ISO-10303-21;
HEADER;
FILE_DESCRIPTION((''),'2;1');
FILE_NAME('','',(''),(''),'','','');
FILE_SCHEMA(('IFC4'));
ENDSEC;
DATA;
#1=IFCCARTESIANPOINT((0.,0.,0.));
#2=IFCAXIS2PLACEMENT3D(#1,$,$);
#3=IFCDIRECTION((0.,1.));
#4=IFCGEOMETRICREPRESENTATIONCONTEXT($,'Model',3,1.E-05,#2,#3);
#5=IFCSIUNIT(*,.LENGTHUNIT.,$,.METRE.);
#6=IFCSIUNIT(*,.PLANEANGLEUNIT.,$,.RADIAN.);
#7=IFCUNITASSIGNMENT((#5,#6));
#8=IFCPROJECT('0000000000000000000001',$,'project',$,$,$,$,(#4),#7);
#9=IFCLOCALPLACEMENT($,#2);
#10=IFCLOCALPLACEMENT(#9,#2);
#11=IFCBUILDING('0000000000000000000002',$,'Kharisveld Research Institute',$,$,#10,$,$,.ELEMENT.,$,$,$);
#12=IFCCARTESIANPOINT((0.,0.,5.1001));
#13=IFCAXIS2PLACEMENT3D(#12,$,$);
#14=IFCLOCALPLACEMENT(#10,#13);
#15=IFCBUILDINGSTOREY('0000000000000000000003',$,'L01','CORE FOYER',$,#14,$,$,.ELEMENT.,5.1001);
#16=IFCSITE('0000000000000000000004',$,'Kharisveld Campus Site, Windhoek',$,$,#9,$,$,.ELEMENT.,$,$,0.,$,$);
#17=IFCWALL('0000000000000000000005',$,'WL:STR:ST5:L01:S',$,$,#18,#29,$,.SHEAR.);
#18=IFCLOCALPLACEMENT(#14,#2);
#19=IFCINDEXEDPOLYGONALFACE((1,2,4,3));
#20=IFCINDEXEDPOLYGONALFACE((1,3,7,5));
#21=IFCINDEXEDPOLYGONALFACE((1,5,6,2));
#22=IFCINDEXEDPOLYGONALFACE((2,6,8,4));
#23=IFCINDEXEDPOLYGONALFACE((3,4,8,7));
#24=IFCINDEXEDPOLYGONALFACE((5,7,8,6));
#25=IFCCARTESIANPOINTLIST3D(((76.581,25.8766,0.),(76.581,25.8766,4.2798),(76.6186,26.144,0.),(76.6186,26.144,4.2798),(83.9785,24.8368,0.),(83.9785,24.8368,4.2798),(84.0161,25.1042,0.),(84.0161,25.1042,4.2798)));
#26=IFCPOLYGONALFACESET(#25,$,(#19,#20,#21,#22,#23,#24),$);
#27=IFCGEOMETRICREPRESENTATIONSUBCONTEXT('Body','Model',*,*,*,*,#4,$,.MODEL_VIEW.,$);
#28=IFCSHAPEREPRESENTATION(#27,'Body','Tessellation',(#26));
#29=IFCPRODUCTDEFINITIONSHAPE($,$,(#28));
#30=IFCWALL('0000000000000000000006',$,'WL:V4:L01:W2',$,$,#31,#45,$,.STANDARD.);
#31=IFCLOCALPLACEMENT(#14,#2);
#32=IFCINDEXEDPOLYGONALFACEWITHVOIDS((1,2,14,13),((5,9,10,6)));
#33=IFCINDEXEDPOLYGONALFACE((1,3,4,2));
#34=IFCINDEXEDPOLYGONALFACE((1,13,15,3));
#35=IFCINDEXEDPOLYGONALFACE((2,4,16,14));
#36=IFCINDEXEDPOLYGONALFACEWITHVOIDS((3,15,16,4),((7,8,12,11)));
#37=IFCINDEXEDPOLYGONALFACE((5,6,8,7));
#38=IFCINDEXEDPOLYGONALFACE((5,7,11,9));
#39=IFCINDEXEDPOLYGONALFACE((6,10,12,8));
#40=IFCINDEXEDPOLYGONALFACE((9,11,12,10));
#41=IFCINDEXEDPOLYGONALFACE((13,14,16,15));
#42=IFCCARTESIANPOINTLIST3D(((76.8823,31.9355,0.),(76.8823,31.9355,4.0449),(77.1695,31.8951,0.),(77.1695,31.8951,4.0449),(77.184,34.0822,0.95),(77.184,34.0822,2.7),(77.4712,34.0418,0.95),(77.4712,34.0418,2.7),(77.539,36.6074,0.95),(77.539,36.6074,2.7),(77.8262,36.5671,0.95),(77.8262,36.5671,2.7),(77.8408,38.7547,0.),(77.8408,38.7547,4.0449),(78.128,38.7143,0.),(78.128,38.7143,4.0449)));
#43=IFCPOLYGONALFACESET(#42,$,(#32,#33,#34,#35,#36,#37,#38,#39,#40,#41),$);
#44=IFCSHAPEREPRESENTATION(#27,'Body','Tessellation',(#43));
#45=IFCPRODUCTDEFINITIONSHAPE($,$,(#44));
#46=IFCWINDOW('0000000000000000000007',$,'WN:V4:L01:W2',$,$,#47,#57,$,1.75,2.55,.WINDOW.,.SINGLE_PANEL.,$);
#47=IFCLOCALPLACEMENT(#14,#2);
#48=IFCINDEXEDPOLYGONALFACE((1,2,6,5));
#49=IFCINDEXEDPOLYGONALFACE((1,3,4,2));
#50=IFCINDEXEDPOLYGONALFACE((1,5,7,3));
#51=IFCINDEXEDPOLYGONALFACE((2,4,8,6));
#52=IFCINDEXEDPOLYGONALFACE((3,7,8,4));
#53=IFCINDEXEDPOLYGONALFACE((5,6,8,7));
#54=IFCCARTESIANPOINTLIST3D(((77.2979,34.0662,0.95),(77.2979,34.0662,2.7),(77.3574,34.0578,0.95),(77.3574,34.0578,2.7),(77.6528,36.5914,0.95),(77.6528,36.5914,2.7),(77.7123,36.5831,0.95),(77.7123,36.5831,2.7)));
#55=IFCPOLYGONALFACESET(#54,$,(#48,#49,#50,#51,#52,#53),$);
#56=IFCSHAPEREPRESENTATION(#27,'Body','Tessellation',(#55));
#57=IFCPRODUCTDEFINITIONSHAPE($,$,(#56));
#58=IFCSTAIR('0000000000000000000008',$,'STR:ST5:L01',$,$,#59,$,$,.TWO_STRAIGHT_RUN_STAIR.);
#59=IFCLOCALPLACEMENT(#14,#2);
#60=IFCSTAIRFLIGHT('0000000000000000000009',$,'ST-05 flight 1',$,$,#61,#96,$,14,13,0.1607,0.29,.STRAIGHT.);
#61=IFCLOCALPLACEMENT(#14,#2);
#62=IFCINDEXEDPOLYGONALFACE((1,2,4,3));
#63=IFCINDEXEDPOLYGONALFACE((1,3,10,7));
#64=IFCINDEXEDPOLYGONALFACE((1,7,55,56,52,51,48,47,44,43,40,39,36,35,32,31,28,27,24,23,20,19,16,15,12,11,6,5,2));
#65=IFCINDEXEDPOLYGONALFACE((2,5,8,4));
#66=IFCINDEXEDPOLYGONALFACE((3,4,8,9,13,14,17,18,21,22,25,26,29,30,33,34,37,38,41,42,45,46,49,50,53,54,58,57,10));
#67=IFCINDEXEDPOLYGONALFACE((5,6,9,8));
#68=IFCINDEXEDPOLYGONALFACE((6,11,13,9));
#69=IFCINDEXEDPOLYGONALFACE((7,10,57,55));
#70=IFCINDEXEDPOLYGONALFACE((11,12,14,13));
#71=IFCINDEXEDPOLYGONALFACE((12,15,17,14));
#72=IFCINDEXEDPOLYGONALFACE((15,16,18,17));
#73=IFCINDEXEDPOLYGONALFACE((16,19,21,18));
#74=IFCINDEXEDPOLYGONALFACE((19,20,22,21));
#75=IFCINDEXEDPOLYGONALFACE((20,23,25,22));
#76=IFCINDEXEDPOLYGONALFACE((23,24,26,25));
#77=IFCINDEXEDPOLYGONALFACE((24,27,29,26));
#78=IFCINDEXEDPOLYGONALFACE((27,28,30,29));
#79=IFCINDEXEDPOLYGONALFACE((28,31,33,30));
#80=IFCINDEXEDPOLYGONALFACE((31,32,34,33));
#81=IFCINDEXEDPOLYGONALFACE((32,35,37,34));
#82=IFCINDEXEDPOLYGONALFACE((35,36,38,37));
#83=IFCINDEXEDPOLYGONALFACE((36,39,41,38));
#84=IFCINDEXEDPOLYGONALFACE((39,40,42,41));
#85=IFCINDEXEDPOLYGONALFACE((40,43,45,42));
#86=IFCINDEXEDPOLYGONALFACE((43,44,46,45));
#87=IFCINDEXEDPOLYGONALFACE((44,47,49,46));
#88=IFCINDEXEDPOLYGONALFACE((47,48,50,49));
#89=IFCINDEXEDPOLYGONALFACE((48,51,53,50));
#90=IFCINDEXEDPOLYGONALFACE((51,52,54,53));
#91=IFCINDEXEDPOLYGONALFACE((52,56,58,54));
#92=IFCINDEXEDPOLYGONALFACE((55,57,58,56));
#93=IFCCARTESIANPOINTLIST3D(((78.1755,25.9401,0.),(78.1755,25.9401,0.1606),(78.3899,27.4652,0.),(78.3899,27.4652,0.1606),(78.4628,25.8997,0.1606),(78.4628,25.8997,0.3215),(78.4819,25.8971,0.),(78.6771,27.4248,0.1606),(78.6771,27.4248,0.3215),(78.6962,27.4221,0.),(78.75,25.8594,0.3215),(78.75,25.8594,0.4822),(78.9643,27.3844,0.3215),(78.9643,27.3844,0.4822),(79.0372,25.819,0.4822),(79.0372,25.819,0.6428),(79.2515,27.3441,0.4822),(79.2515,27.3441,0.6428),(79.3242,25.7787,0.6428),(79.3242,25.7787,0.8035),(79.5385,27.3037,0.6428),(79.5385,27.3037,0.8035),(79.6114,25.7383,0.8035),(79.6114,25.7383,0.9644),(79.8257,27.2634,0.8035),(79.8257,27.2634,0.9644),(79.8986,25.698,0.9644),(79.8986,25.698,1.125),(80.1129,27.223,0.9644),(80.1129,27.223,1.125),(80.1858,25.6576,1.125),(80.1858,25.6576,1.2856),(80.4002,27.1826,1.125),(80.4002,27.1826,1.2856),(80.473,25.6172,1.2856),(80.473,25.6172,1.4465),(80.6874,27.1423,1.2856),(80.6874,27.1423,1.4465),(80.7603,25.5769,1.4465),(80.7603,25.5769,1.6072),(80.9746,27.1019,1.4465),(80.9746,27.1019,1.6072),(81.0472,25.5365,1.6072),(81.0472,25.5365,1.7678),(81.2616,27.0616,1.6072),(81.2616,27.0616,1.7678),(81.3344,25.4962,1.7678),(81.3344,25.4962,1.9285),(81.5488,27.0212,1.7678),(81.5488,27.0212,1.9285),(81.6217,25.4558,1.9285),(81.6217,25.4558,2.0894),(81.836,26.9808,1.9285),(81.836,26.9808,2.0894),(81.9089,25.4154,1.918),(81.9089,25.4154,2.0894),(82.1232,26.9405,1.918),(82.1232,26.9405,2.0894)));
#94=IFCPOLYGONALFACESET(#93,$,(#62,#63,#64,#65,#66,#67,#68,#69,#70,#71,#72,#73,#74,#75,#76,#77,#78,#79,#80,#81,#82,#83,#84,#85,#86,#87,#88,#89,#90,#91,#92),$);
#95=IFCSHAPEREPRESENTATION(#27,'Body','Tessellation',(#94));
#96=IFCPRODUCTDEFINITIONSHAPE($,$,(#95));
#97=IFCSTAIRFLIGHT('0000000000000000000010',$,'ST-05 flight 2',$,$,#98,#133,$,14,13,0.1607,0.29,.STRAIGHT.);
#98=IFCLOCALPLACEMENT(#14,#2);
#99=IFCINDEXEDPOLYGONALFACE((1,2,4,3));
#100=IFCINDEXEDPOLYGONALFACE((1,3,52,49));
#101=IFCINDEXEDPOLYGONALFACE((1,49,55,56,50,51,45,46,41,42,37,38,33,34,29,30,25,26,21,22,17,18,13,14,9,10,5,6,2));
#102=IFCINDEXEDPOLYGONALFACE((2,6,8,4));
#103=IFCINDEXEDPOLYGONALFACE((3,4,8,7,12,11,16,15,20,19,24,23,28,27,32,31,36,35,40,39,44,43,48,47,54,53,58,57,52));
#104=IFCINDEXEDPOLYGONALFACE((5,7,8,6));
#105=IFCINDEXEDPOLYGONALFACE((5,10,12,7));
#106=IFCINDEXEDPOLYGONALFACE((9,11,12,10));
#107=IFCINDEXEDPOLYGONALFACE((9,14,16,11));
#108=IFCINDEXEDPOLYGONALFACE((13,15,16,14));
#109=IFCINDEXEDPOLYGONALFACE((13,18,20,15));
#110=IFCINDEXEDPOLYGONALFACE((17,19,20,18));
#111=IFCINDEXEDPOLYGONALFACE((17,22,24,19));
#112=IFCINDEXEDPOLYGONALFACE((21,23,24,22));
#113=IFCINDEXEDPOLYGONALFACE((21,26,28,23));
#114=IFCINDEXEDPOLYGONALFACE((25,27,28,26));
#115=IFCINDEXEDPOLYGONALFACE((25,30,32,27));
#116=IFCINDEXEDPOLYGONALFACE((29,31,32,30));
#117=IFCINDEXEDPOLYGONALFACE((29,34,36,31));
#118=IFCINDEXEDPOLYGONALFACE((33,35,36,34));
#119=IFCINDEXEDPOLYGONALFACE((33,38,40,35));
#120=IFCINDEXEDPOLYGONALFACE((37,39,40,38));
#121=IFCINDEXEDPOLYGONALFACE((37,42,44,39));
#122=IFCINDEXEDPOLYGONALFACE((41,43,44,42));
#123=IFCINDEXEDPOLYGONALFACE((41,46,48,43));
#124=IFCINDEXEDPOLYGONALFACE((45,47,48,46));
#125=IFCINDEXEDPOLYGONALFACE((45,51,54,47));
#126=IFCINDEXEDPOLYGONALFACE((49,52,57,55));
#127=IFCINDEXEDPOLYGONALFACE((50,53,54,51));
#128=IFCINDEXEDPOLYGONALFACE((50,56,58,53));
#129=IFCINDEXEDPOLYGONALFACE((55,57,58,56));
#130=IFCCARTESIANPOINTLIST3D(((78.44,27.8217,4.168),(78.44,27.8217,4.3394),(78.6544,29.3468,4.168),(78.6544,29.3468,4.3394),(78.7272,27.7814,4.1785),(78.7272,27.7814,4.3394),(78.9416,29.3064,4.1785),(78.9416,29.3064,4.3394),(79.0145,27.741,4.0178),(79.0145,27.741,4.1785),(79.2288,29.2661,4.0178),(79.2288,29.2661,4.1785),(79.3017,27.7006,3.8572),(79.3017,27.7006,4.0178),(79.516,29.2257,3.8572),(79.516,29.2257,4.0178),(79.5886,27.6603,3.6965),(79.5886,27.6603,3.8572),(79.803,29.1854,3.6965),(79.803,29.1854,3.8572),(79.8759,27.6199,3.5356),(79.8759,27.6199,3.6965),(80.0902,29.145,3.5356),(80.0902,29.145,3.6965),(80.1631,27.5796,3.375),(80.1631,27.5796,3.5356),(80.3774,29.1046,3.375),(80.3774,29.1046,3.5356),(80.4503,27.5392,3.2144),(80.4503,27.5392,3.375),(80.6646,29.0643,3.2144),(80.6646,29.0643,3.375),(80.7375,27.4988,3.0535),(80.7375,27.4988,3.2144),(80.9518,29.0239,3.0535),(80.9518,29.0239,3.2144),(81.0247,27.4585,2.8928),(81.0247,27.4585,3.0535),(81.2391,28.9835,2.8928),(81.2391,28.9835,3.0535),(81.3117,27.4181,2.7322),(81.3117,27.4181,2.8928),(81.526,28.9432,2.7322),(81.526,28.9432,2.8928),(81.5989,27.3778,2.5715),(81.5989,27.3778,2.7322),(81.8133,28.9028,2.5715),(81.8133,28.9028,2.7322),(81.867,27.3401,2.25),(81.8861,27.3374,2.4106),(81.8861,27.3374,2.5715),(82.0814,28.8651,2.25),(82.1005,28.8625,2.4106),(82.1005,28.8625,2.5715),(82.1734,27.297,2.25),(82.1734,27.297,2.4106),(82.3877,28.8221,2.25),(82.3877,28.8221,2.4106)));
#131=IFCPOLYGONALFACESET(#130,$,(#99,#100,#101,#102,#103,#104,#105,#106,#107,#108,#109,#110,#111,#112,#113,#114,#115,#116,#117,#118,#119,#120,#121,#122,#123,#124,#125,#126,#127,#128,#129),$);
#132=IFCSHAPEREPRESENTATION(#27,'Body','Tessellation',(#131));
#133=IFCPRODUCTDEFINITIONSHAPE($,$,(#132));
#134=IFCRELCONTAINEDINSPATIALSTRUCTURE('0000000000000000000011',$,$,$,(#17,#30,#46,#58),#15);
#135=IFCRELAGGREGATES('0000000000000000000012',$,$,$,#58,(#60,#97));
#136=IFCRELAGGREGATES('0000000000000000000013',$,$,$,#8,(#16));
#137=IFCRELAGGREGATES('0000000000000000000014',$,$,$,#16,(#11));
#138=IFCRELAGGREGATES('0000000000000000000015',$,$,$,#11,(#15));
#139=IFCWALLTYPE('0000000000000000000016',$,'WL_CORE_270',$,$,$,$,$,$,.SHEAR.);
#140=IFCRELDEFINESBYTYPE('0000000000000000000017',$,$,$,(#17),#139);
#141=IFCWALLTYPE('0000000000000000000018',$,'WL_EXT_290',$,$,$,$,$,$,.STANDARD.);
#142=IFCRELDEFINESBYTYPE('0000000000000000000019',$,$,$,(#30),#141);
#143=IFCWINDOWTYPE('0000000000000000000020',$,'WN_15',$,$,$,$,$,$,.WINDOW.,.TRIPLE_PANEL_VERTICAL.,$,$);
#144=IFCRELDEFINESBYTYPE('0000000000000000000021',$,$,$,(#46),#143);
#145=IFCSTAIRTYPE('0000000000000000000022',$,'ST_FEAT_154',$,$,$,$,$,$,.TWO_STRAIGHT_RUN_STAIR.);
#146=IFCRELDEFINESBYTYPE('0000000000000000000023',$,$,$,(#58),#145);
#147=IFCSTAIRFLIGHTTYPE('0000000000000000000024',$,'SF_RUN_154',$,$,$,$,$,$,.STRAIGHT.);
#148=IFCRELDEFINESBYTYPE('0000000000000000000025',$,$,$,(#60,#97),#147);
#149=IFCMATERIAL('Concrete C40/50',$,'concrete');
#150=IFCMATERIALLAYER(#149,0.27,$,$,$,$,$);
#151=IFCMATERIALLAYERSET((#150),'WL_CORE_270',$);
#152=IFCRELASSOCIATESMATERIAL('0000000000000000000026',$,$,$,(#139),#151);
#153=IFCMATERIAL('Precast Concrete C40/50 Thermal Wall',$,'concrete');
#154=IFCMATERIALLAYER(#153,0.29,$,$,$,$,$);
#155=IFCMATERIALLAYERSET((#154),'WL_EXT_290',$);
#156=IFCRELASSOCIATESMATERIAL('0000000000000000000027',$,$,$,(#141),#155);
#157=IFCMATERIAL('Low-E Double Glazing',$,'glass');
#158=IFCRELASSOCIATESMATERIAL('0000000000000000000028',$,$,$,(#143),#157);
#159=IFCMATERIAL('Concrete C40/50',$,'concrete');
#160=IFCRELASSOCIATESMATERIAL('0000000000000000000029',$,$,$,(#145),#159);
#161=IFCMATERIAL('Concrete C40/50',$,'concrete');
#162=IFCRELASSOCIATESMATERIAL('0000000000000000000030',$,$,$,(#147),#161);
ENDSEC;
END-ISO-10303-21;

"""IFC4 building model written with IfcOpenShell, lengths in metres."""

from ifc_helpers import new_model, si_unit, direction, frame, frame_2d, origin, place, context, subcontext, project, spatial, polyline, rectangle, outline, extrude, material, layer, layer_set, type_object, element, fill, aggregate, save


model = new_model("IFC4")

# Units and contexts
model_context = context("Model", 3, precision=1e-05, world=origin(), true_north=direction((0.0, 1.0)))
body_context = subcontext(model_context, "Body", "Model", "MODEL_VIEW")
ifc_project = project(units=[si_unit("LENGTHUNIT", "METRE"), si_unit("PLANEANGLEUNIT", "RADIAN")], contexts=[model_context])

# Site, building, storey
site_placement = place(None, origin())
site = spatial("IfcSite", under=ifc_project, at=site_placement, Name="Kharisveld Campus Site, Windhoek", CompositionType="ELEMENT", RefElevation=0.0)
building_placement = place(site_placement, origin())
building = spatial("IfcBuilding", under=site, at=building_placement, Name="Kharisveld Research Institute", CompositionType="ELEMENT")
storey_placement = place(building_placement, frame((0.0, 0.0, 5.1001)))
storey = spatial("IfcBuildingStorey", under=building, at=storey_placement, Name="L01", Description="CORE FOYER", CompositionType="ELEMENT", Elevation=5.1001)

# Shared definitions
ifc_material_1 = material(Name="Concrete C40/50", Category="concrete")
ifc_layer_1 = layer(ifc_material_1, 0.27)
ifc_layer_set_1 = layer_set([ifc_layer_1], Name="WL_CORE_270")
wall_type_1 = type_object("IfcWallType", Name="WL_CORE_270", PredefinedType="SHEAR", material=ifc_layer_set_1)

# Wall
wall_1_placement = place(storey_placement, frame((83.9973, 24.9705, 0.0), z_axis=(0.0, 0.0, 1.0), x_axis=(-0.990265, 0.139193, 0.0)))
element("IfcWall", 1, at=wall_1_placement, inside=storey, type_object=wall_type_1, Name="WL:STR:ST5:L01:S", PredefinedType="SHEAR", context=body_context, shape_type="SweptSolid", body=[
    extrude(rectangle(XDim=7.4702, YDim=0.27, at=frame_2d((3.7351, 0.0))), origin(), (0.0, 0.0, 1.0), 4.2798),
])

# Wall, opening, window
ifc_material_2 = material(Name="Precast Concrete C40/50 Thermal Wall", Category="concrete")
ifc_layer_2 = layer(ifc_material_2, 0.29)
ifc_layer_set_2 = layer_set([ifc_layer_2], Name="WL_EXT_290")
wall_type_2 = type_object("IfcWallType", Name="WL_EXT_290", PredefinedType="STANDARD", material=ifc_layer_set_2)
wall_2_placement = place(storey_placement, frame((77.0259, 31.9153, 0.0), z_axis=(0.0, 0.0, 1.0), x_axis=(0.139192, 0.990265, 0.0)))
wall_2 = element("IfcWall", 2, at=wall_2_placement, inside=storey, type_object=wall_type_2, Name="WL:V4:L01:W2", PredefinedType="STANDARD", context=body_context, shape_type="SweptSolid", body=[
    extrude(rectangle(XDim=6.8862, YDim=0.29, at=frame_2d((3.4431, 0.0))), origin(), (0.0, 0.0, 1.0), 4.0449),
])
opening_1_placement = place(wall_2_placement, frame((2.168, 0.0, 0.95)))
opening_1 = element("IfcOpeningElement", 3, at=opening_1_placement, cuts=wall_2, PredefinedType="OPENING", context=body_context, shape_type="SweptSolid", body=[
    extrude(rectangle(XDim=2.55, YDim=1.75, at=frame_2d((1.2749, 0.875))), frame((0.0, 0.145, 0.0), z_axis=(0.0, -1.0, 0.0), x_axis=(1.0, 0.0, 0.0)), (0.0, 0.0, 1.0), 0.29),
])
ifc_material_3 = material(Name="Low-E Double Glazing", Category="glass")
window_type = type_object("IfcWindowType", Name="WN_15", PartitioningType="TRIPLE_PANEL_VERTICAL", PredefinedType="WINDOW", material=ifc_material_3)
window_placement = place(opening_1_placement, origin())
window = element("IfcWindow", 4, at=window_placement, inside=storey, type_object=window_type, Name="WN:V4:L01:W2", OverallHeight=1.75, OverallWidth=2.55, PartitioningType="SINGLE_PANEL", PredefinedType="WINDOW", context=body_context, shape_type="SweptSolid", body=[
    extrude(rectangle(XDim=2.55, YDim=1.75, at=frame_2d((1.2749, 0.875))), frame((0.0, 0.03, 0.0), z_axis=(0.0, -1.0, 0.0), x_axis=(1.0, 0.0, 0.0)), (0.0, 0.0, 1.0), 0.0601),
])
fill(opening_1, window)

# Stair, stair flights
ifc_material_4 = material(Name="Concrete C40/50", Category="concrete")
stair_type = type_object("IfcStairType", Name="ST_FEAT_154", PredefinedType="TWO_STRAIGHT_RUN_STAIR", material=ifc_material_4)
stair_placement = place(storey_placement, origin())
stair = element("IfcStair", 5, at=stair_placement, inside=storey, type_object=stair_type, Name="STR:ST5:L01", PredefinedType="TWO_STRAIGHT_RUN_STAIR")
ifc_material_5 = material(Name="Concrete C40/50", Category="concrete")
stair_flight_type = type_object("IfcStairFlightType", Name="SF_RUN_154", PredefinedType="STRAIGHT", material=ifc_material_5)
stair_flight_1_placement = place(storey_placement, frame((78.2827, 26.7026, 0.0), z_axis=(0.0, 0.0, 1.0), x_axis=(0.990268, -0.139173, 0.0)))
stair_flight_1 = element("IfcStairFlight", 6, at=stair_flight_1_placement, type_object=stair_flight_type, Name="ST-05 flight 1", NumberOfRisers=14, NumberOfTreads=13, PredefinedType="STRAIGHT", RiserHeight=0.1607, TreadLength=0.29, context=body_context, shape_type="SweptSolid", body=[
    extrude(outline(polyline([(0.0, 0.0), (0.0, 0.1606), (0.29, 0.1606), (0.29, 0.3215), (0.5801, 0.3215), (0.5801, 0.4822), (0.8701, 0.4822), (0.8701, 0.6428), (1.1599, 0.6428), (1.1599, 0.8035), (1.45, 0.8035), (1.45, 0.9644), (1.74, 0.9644), (1.74, 1.125), (2.03, 1.125), (2.03, 1.2856), (2.3201, 1.2856), (2.3201, 1.4465), (2.6101, 1.4465), (2.6101, 1.6072), (2.8999, 1.6072), (2.8999, 1.7678), (3.1899, 1.7678), (3.1899, 1.9285), (3.48, 1.9285), (3.48, 2.0894), (3.77, 2.0894), (3.77, 2.25), (3.77, 1.918), (0.3093, 0.0), (0.0, 0.0)])), frame((0.0, 0.77, 0.0), z_axis=(0.0, -1.0, 0.0), x_axis=(1.0, 0.0, 0.0)), (0.0, 0.0, 1.0), 1.54),
])
stair_flight_2_placement = place(storey_placement, frame((82.2805, 28.0596, 2.25), z_axis=(0.0, 0.0, 1.0), x_axis=(-0.990268, 0.139173, 0.0)))
stair_flight_2 = element("IfcStairFlight", 7, at=stair_flight_2_placement, type_object=stair_flight_type, Name="ST-05 flight 2", NumberOfRisers=14, NumberOfTreads=13, PredefinedType="STRAIGHT", RiserHeight=0.1607, TreadLength=0.29, context=body_context, shape_type="SweptSolid", body=[
    extrude(outline(polyline([(0.0, 0.0), (0.0, 0.1606), (0.29, 0.1606), (0.29, 0.3215), (0.5801, 0.3215), (0.5801, 0.4822), (0.8701, 0.4822), (0.8701, 0.6428), (1.1599, 0.6428), (1.1599, 0.8035), (1.45, 0.8035), (1.45, 0.9644), (1.74, 0.9644), (1.74, 1.125), (2.03, 1.125), (2.03, 1.2856), (2.3201, 1.2856), (2.3201, 1.4465), (2.6101, 1.4465), (2.6101, 1.6072), (2.8999, 1.6072), (2.8999, 1.7678), (3.1899, 1.7678), (3.1899, 1.9285), (3.48, 1.9285), (3.48, 2.0894), (3.77, 2.0894), (3.77, 2.25), (3.77, 1.918), (0.3093, 0.0), (0.0, 0.0)])), frame((0.0, 0.77, 0.0), z_axis=(0.0, -1.0, 0.0), x_axis=(1.0, 0.0, 0.0)), (0.0, 0.0, 1.0), 1.54),
])
aggregate(stair, [stair_flight_1, stair_flight_2])

save(model, "model.ifc")
